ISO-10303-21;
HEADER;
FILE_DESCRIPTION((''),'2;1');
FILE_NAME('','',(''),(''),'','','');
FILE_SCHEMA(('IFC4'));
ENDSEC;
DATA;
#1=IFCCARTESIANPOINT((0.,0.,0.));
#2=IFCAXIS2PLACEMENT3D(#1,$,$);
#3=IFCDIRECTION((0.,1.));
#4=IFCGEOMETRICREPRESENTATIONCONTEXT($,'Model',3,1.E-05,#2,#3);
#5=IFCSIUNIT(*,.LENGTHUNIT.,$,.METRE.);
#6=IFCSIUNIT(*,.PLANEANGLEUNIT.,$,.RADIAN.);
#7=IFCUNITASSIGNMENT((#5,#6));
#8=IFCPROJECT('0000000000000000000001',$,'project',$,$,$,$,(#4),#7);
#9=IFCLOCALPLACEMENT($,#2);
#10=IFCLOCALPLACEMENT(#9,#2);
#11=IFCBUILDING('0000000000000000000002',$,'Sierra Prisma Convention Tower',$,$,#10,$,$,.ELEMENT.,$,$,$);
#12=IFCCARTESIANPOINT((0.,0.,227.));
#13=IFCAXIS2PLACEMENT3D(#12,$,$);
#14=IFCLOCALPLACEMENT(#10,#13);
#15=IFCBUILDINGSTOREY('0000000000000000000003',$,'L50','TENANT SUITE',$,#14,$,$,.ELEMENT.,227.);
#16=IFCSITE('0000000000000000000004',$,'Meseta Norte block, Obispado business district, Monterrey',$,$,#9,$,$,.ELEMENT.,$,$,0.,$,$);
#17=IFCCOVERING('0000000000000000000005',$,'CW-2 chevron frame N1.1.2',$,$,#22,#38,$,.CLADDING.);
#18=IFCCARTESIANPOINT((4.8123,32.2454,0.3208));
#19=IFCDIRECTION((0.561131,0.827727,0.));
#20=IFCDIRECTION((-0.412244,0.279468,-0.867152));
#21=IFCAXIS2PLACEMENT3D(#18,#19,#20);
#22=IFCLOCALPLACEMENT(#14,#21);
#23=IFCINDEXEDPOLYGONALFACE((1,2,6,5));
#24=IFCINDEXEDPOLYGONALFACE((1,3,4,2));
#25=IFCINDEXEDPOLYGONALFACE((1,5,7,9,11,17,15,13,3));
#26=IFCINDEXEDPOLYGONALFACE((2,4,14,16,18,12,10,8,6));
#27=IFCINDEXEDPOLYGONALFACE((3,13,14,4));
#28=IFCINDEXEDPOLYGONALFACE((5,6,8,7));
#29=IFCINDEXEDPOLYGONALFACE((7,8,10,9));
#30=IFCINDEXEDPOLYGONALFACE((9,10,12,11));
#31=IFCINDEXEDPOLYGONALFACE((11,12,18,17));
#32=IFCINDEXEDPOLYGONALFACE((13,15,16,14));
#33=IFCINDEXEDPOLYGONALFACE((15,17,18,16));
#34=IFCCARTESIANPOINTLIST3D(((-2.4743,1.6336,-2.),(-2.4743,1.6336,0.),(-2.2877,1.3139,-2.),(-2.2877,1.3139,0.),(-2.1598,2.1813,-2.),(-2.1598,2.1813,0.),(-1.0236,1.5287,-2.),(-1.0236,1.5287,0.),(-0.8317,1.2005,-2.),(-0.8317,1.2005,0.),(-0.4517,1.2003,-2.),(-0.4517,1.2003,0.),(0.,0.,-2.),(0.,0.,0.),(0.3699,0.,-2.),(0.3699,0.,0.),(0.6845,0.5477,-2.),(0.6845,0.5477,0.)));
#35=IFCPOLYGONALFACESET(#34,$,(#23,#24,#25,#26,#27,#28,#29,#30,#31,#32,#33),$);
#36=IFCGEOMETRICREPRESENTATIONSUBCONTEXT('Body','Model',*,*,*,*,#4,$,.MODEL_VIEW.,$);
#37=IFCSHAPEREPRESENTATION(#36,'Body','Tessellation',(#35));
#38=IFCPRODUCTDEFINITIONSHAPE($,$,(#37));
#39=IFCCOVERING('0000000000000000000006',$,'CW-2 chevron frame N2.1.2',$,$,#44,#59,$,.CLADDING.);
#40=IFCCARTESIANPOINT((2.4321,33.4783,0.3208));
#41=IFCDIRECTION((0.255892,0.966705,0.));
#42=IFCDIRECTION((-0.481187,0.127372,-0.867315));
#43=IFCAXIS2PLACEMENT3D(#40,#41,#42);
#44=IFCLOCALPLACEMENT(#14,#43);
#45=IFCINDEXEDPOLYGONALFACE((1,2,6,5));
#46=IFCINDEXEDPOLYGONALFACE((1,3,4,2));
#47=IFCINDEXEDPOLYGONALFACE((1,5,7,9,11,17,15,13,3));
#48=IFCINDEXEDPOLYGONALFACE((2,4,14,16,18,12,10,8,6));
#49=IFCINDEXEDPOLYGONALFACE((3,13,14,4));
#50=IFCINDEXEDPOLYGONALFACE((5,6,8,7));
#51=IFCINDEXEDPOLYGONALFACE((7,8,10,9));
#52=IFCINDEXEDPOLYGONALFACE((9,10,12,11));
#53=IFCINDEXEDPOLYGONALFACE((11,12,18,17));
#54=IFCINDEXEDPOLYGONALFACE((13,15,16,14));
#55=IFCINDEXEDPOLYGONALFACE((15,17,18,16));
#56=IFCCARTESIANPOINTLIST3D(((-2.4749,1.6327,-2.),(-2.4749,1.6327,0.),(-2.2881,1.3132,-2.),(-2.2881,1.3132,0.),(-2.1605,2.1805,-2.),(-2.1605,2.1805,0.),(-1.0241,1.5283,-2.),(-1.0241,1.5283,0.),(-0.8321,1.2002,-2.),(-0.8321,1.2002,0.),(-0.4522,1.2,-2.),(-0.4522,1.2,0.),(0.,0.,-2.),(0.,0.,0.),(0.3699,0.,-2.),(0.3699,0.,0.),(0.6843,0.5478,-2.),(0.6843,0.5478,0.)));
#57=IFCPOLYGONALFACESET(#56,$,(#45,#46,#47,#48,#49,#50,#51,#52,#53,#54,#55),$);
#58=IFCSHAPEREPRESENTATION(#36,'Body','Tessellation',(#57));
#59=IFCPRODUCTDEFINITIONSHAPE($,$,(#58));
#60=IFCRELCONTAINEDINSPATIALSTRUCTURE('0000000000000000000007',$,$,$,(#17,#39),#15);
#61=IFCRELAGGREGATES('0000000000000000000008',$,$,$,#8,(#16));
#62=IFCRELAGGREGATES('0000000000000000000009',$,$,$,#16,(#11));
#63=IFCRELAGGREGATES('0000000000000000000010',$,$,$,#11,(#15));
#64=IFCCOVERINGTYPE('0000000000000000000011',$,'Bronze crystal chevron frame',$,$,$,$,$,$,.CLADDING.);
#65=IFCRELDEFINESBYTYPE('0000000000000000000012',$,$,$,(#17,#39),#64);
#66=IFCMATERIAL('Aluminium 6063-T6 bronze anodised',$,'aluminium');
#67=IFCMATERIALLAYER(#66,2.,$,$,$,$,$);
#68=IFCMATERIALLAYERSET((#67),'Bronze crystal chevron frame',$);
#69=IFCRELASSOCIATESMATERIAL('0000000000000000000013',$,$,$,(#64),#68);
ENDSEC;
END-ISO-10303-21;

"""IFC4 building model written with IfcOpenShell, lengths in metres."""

from ifc_helpers import new_model, si_unit, direction, frame, origin, place, context, subcontext, project, spatial, polyline, outline, extrude, material, layer, layer_set, type_object, element, save


model = new_model("IFC4")

# Units and contexts
model_context = context("Model", 3, precision=1e-05, world=origin(), true_north=direction((0.0, 1.0)))
body_context = subcontext(model_context, "Body", "Model", "MODEL_VIEW")
ifc_project = project(units=[si_unit("LENGTHUNIT", "METRE"), si_unit("PLANEANGLEUNIT", "RADIAN")], contexts=[model_context])

# Site, building, storey
site_placement = place(None, origin())
site = spatial("IfcSite", under=ifc_project, at=site_placement, Name="Meseta Norte block, Obispado business district, Monterrey", CompositionType="ELEMENT", RefElevation=0.0)
building_placement = place(site_placement, origin())
building = spatial("IfcBuilding", under=site, at=building_placement, Name="Sierra Prisma Convention Tower", CompositionType="ELEMENT")
storey_placement = place(building_placement, frame((0.0, 0.0, 227.0)))
storey = spatial("IfcBuildingStorey", under=building, at=storey_placement, Name="L50", Description="TENANT SUITE", CompositionType="ELEMENT", Elevation=227.0)

# Coverings
ifc_material_1 = material(Name="Aluminium 6063-T6 bronze anodised", Category="aluminium")
ifc_layer_1 = layer(ifc_material_1, 2.0)
ifc_layer_set_1 = layer_set([ifc_layer_1], Name="Bronze crystal chevron frame")
covering_type = type_object("IfcCoveringType", Name="Bronze crystal chevron frame", PredefinedType="CLADDING", material=ifc_layer_set_1)
covering_1_placement = place(storey_placement, frame((4.8123, 32.2454, 0.3208), z_axis=(0.561131, 0.827727, 0.0), x_axis=(-0.412244, 0.279468, -0.867152)))
element("IfcCovering", 1, at=covering_1_placement, inside=storey, type_object=covering_type, Name="CW-2 chevron frame N1.1.2", PredefinedType="CLADDING", context=body_context, shape_type="SweptSolid", body=[
    extrude(outline(polyline([(0.0, 0.0), (0.3699, 0.0), (0.6845, 0.5477), (-0.4517, 1.2003), (-0.8317, 1.2005), (-1.0236, 1.5287), (-2.1598, 2.1813), (-2.4743, 1.6336), (-2.2877, 1.3139), (0.0, 0.0)])), origin(), (0.0, 0.0, -1.0), 2.0),
])
covering_2_placement = place(storey_placement, frame((2.4321, 33.4783, 0.3208), z_axis=(0.255892, 0.966705, 0.0), x_axis=(-0.481187, 0.127372, -0.867315)))
element("IfcCovering", 2, at=covering_2_placement, inside=storey, type_object=covering_type, Name="CW-2 chevron frame N2.1.2", PredefinedType="CLADDING", context=body_context, shape_type="SweptSolid", body=[
    extrude(outline(polyline([(0.0, 0.0), (0.3699, 0.0), (0.6843, 0.5478), (-0.4522, 1.2), (-0.8321, 1.2002), (-1.0241, 1.5283), (-2.1605, 2.1805), (-2.4749, 1.6327), (-2.2881, 1.3132), (0.0, 0.0)])), origin(), (0.0, 0.0, -1.0), 2.0),
])

save(model, "model.ifc")
